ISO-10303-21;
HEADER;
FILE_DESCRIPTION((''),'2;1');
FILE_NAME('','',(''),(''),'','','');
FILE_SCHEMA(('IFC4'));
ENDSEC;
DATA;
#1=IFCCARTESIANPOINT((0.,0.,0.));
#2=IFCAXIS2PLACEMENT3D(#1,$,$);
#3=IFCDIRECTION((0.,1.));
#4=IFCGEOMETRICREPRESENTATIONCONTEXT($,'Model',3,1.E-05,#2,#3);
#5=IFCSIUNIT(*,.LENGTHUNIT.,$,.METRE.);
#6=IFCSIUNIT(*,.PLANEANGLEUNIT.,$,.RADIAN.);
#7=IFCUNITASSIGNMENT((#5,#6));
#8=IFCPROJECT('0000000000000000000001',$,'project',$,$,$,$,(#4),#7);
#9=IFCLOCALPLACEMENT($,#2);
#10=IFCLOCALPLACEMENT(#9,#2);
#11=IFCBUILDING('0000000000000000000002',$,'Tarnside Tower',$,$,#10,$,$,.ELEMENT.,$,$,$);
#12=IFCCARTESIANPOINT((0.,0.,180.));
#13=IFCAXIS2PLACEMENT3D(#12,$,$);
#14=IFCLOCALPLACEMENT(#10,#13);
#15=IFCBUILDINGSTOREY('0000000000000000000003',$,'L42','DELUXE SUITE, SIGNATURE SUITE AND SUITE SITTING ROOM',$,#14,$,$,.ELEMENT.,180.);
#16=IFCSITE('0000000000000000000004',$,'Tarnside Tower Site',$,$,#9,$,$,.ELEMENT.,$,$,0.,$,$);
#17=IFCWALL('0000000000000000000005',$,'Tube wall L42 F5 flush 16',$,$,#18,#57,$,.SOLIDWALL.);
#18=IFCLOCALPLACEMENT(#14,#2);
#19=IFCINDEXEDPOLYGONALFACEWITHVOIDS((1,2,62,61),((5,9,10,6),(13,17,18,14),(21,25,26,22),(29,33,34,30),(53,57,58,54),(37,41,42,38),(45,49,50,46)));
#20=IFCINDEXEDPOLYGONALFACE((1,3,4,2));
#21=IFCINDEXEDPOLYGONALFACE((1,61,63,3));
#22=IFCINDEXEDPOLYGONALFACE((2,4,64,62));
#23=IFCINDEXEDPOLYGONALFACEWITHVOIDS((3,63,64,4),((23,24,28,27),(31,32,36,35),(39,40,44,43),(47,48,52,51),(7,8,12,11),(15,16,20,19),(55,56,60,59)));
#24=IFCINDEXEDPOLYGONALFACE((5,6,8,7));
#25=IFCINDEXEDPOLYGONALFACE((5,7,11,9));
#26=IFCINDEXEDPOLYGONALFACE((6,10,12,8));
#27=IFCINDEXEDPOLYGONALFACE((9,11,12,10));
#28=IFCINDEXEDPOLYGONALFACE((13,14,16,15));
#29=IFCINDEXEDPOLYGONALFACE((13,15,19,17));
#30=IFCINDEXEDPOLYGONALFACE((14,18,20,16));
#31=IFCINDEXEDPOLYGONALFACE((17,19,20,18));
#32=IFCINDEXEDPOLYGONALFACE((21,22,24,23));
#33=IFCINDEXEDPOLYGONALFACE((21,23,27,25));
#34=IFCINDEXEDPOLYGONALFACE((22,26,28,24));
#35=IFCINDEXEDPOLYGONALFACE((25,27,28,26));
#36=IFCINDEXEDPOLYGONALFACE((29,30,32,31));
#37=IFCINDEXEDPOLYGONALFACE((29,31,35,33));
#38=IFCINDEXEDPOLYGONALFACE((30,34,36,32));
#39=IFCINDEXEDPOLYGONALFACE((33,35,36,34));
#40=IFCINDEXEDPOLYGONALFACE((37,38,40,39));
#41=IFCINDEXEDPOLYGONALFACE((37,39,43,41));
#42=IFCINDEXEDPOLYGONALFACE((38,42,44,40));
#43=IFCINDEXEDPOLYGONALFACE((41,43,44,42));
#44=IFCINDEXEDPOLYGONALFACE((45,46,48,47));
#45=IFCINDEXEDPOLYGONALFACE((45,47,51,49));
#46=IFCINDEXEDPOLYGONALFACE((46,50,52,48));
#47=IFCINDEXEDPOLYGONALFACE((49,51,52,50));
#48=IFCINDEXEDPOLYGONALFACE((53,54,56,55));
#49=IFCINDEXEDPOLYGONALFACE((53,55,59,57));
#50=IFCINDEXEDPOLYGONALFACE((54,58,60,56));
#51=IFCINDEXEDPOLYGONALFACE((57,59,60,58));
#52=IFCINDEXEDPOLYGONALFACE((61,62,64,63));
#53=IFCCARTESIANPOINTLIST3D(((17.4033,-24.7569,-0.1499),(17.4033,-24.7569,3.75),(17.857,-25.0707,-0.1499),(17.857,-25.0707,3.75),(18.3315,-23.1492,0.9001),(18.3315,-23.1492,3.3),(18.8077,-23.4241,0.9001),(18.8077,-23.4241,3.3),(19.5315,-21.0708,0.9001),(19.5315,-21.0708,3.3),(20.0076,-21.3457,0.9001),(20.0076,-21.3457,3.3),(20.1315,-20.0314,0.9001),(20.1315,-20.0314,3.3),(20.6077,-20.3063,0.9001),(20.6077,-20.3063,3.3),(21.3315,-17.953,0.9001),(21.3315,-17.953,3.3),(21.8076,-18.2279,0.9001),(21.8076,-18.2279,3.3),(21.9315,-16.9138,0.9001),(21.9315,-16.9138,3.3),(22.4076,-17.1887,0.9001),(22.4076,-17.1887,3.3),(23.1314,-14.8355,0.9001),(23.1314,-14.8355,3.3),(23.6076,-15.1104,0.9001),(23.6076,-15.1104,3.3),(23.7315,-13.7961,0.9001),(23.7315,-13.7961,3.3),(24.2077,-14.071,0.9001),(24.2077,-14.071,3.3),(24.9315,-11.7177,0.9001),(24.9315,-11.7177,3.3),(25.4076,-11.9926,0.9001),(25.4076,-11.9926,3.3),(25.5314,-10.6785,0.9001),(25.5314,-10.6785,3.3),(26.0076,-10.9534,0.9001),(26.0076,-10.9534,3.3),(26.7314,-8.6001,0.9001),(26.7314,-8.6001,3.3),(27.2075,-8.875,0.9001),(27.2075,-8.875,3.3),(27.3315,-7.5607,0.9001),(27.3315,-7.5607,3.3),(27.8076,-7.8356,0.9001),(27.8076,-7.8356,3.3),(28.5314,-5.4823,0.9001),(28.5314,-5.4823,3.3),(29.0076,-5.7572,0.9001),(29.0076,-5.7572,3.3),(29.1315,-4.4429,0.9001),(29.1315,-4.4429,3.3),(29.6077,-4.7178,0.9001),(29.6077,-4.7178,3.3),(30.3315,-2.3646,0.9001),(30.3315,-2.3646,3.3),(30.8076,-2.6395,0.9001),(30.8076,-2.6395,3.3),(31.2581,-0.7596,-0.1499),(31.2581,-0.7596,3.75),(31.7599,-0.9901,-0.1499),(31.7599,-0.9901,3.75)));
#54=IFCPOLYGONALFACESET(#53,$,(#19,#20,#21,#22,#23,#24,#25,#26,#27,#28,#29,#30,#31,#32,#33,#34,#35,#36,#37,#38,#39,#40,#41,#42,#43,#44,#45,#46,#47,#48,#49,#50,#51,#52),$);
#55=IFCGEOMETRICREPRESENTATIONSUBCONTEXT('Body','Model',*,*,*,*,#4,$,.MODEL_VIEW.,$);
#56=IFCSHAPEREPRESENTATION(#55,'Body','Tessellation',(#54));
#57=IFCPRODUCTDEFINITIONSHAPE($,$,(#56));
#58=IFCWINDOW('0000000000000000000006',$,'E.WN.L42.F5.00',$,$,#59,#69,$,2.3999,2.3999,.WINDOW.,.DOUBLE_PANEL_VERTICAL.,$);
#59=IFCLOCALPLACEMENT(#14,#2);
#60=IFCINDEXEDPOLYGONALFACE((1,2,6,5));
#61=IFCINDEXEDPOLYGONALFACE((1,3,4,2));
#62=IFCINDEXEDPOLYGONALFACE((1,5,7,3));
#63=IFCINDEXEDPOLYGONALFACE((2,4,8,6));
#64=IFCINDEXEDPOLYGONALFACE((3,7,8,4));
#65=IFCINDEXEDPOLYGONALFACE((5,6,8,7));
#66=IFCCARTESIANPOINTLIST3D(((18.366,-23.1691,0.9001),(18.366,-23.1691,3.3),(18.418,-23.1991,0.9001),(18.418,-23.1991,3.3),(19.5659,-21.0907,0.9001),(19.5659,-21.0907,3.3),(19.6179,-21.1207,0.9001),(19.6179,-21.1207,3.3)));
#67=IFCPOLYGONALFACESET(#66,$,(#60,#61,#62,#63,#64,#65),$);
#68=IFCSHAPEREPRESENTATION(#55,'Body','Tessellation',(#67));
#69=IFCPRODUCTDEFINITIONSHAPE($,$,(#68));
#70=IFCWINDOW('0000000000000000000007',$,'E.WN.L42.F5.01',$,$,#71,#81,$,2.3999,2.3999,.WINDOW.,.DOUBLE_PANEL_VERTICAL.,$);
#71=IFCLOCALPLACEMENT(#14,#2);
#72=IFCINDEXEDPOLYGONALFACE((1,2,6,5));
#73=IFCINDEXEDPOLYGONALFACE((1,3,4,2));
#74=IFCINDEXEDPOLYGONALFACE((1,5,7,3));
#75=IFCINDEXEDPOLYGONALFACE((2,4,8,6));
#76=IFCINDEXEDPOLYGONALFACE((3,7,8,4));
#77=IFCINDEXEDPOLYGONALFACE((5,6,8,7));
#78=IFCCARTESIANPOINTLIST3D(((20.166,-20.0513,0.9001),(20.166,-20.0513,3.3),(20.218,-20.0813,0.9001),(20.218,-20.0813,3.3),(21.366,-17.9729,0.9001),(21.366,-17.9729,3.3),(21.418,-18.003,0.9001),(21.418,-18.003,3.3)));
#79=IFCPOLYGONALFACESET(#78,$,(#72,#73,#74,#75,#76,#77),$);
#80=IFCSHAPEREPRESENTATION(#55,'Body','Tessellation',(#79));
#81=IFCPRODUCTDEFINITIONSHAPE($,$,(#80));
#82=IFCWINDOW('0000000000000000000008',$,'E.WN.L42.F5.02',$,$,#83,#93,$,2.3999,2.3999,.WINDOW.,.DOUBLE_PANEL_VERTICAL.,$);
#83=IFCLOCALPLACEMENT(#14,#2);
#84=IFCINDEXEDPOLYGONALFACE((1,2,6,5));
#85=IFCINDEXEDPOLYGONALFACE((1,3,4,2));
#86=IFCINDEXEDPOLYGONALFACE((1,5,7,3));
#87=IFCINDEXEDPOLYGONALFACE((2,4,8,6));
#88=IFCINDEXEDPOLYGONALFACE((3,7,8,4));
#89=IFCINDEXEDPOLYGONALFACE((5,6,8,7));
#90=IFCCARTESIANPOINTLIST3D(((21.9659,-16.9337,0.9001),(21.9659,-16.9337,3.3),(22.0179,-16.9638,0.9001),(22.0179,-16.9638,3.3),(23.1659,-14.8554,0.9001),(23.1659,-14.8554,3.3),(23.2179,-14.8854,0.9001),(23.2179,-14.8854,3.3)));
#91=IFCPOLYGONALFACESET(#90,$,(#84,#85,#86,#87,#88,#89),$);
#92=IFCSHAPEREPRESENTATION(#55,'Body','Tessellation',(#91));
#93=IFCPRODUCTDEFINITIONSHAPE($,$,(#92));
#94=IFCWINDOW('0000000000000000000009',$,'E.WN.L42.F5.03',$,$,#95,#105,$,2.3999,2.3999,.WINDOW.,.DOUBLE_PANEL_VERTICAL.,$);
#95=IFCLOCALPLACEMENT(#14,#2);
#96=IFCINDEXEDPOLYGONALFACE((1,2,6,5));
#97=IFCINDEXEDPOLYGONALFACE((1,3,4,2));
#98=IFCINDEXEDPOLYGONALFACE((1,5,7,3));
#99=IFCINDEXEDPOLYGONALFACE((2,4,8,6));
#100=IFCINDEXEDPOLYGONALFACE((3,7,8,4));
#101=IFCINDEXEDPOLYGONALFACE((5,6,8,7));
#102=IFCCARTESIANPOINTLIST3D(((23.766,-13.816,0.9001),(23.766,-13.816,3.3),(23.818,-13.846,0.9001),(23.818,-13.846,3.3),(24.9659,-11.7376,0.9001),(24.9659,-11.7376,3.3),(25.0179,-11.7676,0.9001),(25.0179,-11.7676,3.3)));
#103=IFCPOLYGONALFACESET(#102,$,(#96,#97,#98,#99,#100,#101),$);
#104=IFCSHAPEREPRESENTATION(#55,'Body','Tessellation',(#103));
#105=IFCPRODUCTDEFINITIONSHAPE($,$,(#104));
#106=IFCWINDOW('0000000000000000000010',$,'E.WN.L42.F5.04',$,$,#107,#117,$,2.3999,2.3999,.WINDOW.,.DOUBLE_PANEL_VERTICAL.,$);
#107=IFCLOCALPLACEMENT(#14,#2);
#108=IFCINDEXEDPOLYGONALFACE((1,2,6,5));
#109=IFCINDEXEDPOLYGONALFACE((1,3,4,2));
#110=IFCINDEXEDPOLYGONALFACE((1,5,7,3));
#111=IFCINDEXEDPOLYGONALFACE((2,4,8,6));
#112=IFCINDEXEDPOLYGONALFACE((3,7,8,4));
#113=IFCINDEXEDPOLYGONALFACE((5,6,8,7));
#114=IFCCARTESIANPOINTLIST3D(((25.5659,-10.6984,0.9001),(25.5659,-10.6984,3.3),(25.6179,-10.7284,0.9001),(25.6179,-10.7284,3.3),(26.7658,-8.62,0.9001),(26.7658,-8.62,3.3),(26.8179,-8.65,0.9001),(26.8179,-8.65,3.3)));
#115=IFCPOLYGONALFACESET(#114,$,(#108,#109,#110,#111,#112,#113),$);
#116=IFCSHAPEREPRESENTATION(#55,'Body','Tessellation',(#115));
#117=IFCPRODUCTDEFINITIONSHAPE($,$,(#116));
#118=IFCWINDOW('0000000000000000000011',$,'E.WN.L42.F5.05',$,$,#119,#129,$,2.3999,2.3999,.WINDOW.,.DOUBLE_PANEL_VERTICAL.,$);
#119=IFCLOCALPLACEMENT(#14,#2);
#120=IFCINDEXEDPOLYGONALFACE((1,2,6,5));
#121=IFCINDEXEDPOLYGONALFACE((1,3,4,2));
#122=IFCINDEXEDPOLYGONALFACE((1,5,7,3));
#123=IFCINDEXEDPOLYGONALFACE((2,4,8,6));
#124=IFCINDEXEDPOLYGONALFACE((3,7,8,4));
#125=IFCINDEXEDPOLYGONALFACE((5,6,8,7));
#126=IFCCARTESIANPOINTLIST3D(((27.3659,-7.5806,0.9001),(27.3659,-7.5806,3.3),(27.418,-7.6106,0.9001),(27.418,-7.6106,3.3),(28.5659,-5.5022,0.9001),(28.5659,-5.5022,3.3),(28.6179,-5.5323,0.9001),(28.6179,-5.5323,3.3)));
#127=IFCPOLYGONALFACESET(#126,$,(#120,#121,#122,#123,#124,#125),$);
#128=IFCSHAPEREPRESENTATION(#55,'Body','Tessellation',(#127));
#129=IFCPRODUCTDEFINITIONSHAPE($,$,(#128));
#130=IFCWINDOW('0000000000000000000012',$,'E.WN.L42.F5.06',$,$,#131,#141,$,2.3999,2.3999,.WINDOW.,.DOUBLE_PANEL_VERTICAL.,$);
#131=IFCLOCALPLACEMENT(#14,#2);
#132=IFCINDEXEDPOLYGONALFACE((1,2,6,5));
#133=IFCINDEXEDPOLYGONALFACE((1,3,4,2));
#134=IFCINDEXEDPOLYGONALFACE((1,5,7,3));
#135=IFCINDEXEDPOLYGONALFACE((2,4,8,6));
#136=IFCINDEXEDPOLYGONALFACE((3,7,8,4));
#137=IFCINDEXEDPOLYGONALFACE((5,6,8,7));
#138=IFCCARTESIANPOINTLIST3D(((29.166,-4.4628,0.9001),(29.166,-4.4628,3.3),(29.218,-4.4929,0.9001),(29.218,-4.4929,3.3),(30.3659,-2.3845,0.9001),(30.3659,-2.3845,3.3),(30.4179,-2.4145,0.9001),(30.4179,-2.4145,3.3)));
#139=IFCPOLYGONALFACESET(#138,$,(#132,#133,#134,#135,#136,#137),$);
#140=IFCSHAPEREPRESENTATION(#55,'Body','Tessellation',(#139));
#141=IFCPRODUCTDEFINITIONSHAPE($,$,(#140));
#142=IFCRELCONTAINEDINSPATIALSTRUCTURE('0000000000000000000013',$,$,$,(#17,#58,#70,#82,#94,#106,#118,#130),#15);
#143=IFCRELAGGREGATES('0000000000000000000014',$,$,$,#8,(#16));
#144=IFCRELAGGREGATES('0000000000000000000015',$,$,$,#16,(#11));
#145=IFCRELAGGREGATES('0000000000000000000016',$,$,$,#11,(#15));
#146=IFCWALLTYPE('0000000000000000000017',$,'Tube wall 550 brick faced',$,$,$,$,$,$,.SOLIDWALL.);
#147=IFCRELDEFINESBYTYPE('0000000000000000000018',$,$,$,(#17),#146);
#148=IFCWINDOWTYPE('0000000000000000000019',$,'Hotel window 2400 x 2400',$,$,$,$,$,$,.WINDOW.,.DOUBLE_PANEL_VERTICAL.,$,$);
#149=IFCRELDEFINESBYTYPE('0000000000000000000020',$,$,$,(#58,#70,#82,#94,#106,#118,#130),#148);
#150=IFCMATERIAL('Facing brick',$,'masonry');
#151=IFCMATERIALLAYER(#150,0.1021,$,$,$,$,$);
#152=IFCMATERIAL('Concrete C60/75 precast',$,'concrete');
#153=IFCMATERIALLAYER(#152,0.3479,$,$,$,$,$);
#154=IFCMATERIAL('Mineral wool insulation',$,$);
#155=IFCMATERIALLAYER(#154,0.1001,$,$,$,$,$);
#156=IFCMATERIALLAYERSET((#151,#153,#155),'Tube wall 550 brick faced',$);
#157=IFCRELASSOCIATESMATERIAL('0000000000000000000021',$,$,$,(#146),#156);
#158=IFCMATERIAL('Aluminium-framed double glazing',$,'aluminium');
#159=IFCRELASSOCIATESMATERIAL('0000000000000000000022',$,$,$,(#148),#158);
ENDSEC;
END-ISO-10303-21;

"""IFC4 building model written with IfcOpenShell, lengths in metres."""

from ifc_helpers import new_model, si_unit, direction, frame, frame_2d, origin, place, context, subcontext, project, spatial, polyline, rectangle, outline, extrude, material, layer, layer_set, type_object, element, fill, save


model = new_model("IFC4")

# Units and contexts
model_context = context("Model", 3, precision=1e-05, world=origin(), true_north=direction((0.0, 1.0)))
body_context = subcontext(model_context, "Body", "Model", "MODEL_VIEW")
ifc_project = project(units=[si_unit("LENGTHUNIT", "METRE"), si_unit("PLANEANGLEUNIT", "RADIAN")], contexts=[model_context])

# Site, building, storey
site_placement = place(None, origin())
site = spatial("IfcSite", under=ifc_project, at=site_placement, Name="Tarnside Tower Site", CompositionType="ELEMENT", RefElevation=0.0)
building_placement = place(site_placement, origin())
building = spatial("IfcBuilding", under=site, at=building_placement, Name="Tarnside Tower", CompositionType="ELEMENT")
storey_placement = place(building_placement, frame((0.0, 0.0, 180.0)))
storey = spatial("IfcBuildingStorey", under=building, at=storey_placement, Name="L42", Description="DELUXE SUITE, SIGNATURE SUITE AND SUITE SITTING ROOM", CompositionType="ELEMENT", Elevation=180.0)

# Shared definitions
ifc_material_1 = material(Name="Facing brick", Category="masonry")
ifc_layer_1 = layer(ifc_material_1, 0.1021)
ifc_material_2 = material(Name="Concrete C60/75 precast", Category="concrete")
ifc_layer_2 = layer(ifc_material_2, 0.3479)
ifc_material_3 = material(Name="Mineral wool insulation")
ifc_layer_3 = layer(ifc_material_3, 0.1001)
ifc_layer_set_1 = layer_set([ifc_layer_1, ifc_layer_2, ifc_layer_3], Name="Tube wall 550 brick faced")
wall_type_1 = type_object("IfcWallType", Name="Tube wall 550 brick faced", PredefinedType="SOLIDWALL", material=ifc_layer_set_1)

# Wall, openings, windows
wall_1_placement = place(storey_placement, frame((17.6301, -24.9138, -0.1499), z_axis=(0.0, 0.0, 1.0), x_axis=(0.499999, 0.866026, 0.0)))
wall_1 = element("IfcWall", 1, at=wall_1_placement, inside=storey, type_object=wall_type_1, Name="Tube wall L42 F5 flush 16", PredefinedType="SOLIDWALL", context=body_context, shape_type="SweptSolid", body=[
    extrude(outline(polyline([(-0.0225, -0.2749), (27.7834, -0.2749), (27.7322, 0.2749), (0.0225, 0.2749), (-0.0225, -0.2749)])), origin(), (0.0, 0.0, 1.0), 3.8999),
])
opening_1_placement = place(wall_1_placement, frame((1.8789, 0.0, 1.05)))
opening_1 = element("IfcOpeningElement", 2, at=opening_1_placement, cuts=wall_1, PredefinedType="OPENING", context=body_context, shape_type="SweptSolid", body=[
    extrude(rectangle(XDim=2.3999, YDim=2.3999, at=frame_2d((1.2, 1.2))), frame((0.0, 0.2852, 0.0), z_axis=(0.0, -1.0, 0.0), x_axis=(1.0, 0.0, 0.0)), (0.0, 0.0, 1.0), 0.5701),
])
opening_2_placement = place(wall_1_placement, frame((5.479, 0.0, 1.05)))
opening_2 = element("IfcOpeningElement", 3, at=opening_2_placement, cuts=wall_1, PredefinedType="OPENING", context=body_context, shape_type="SweptSolid", body=[
    extrude(rectangle(XDim=2.3999, YDim=2.3999, at=frame_2d((1.2, 1.2))), frame((0.0, 0.2852, 0.0), z_axis=(0.0, -1.0, 0.0), x_axis=(1.0, 0.0, 0.0)), (0.0, 0.0, 1.0), 0.5701),
])
opening_3_placement = place(wall_1_placement, frame((9.0789, 0.0, 1.05)))
opening_3 = element("IfcOpeningElement", 4, at=opening_3_placement, cuts=wall_1, PredefinedType="OPENING", context=body_context, shape_type="SweptSolid", body=[
    extrude(rectangle(XDim=2.3999, YDim=2.3999, at=frame_2d((1.2, 1.2))), frame((0.0, 0.2852, 0.0), z_axis=(0.0, -1.0, 0.0), x_axis=(1.0, 0.0, 0.0)), (0.0, 0.0, 1.0), 0.5701),
])
opening_4_placement = place(wall_1_placement, frame((12.679, 0.0, 1.05)))
opening_4 = element("IfcOpeningElement", 5, at=opening_4_placement, cuts=wall_1, PredefinedType="OPENING", context=body_context, shape_type="SweptSolid", body=[
    extrude(rectangle(XDim=2.3999, YDim=2.3999, at=frame_2d((1.2, 1.2))), frame((0.0, 0.2852, 0.0), z_axis=(0.0, -1.0, 0.0), x_axis=(1.0, 0.0, 0.0)), (0.0, 0.0, 1.0), 0.5701),
])
opening_5_placement = place(wall_1_placement, frame((16.2788, 0.0, 1.05)))
opening_5 = element("IfcOpeningElement", 6, at=opening_5_placement, cuts=wall_1, PredefinedType="OPENING", context=body_context, shape_type="SweptSolid", body=[
    extrude(rectangle(XDim=2.3999, YDim=2.3999, at=frame_2d((1.2, 1.2))), frame((0.0, 0.2852, 0.0), z_axis=(0.0, -1.0, 0.0), x_axis=(1.0, 0.0, 0.0)), (0.0, 0.0, 1.0), 0.5701),
])
opening_6_placement = place(wall_1_placement, frame((19.8789, 0.0, 1.05)))
opening_6 = element("IfcOpeningElement", 7, at=opening_6_placement, cuts=wall_1, PredefinedType="OPENING", context=body_context, shape_type="SweptSolid", body=[
    extrude(rectangle(XDim=2.3999, YDim=2.3999, at=frame_2d((1.2, 1.2))), frame((0.0, 0.2852, 0.0), z_axis=(0.0, -1.0, 0.0), x_axis=(1.0, 0.0, 0.0)), (0.0, 0.0, 1.0), 0.5701),
])
opening_7_placement = place(wall_1_placement, frame((23.479, 0.0, 1.05)))
opening_7 = element("IfcOpeningElement", 8, at=opening_7_placement, cuts=wall_1, PredefinedType="OPENING", context=body_context, shape_type="SweptSolid", body=[
    extrude(rectangle(XDim=2.3999, YDim=2.3999, at=frame_2d((1.2, 1.2))), frame((0.0, 0.2852, 0.0), z_axis=(0.0, -1.0, 0.0), x_axis=(1.0, 0.0, 0.0)), (0.0, 0.0, 1.0), 0.5701),
])
ifc_material_4 = material(Name="Aluminium-framed double glazing", Category="aluminium")
window_type = type_object("IfcWindowType", Name="Hotel window 2400 x 2400", PartitioningType="DOUBLE_PANEL_VERTICAL", PredefinedType="WINDOW", material=ifc_material_4)
window_1_placement = place(opening_1_placement, frame((0.0, 0.2051, 0.0)))
window_1 = element("IfcWindow", 9, at=window_1_placement, inside=storey, type_object=window_type, Name="E.WN.L42.F5.00", OverallHeight=2.3999, OverallWidth=2.3999, PartitioningType="DOUBLE_PANEL_VERTICAL", PredefinedType="WINDOW", context=body_context, shape_type="SweptSolid", body=[
    extrude(rectangle(XDim=2.3999, YDim=2.3999, at=frame_2d((1.2, 1.2))), frame((0.0, 0.03, 0.0), z_axis=(0.0, -1.0, 0.0), x_axis=(1.0, 0.0, 0.0)), (0.0, 0.0, 1.0), 0.0601),
])
fill(opening_1, window_1)
window_2_placement = place(opening_2_placement, frame((0.0, 0.2051, 0.0)))
window_2 = element("IfcWindow", 10, at=window_2_placement, inside=storey, type_object=window_type, Name="E.WN.L42.F5.01", OverallHeight=2.3999, OverallWidth=2.3999, PartitioningType="DOUBLE_PANEL_VERTICAL", PredefinedType="WINDOW", context=body_context, shape_type="SweptSolid", body=[
    extrude(rectangle(XDim=2.3999, YDim=2.3999, at=frame_2d((1.2, 1.2))), frame((0.0, 0.03, 0.0), z_axis=(0.0, -1.0, 0.0), x_axis=(1.0, 0.0, 0.0)), (0.0, 0.0, 1.0), 0.0601),
])
fill(opening_2, window_2)
window_3_placement = place(opening_3_placement, frame((0.0, 0.2051, 0.0)))
window_3 = element("IfcWindow", 11, at=window_3_placement, inside=storey, type_object=window_type, Name="E.WN.L42.F5.02", OverallHeight=2.3999, OverallWidth=2.3999, PartitioningType="DOUBLE_PANEL_VERTICAL", PredefinedType="WINDOW", context=body_context, shape_type="SweptSolid", body=[
    extrude(rectangle(XDim=2.3999, YDim=2.3999, at=frame_2d((1.2, 1.2))), frame((0.0, 0.03, 0.0), z_axis=(0.0, -1.0, 0.0), x_axis=(1.0, 0.0, 0.0)), (0.0, 0.0, 1.0), 0.0601),
])
fill(opening_3, window_3)
window_4_placement = place(opening_4_placement, frame((0.0, 0.2051, 0.0)))
window_4 = element("IfcWindow", 12, at=window_4_placement, inside=storey, type_object=window_type, Name="E.WN.L42.F5.03", OverallHeight=2.3999, OverallWidth=2.3999, PartitioningType="DOUBLE_PANEL_VERTICAL", PredefinedType="WINDOW", context=body_context, shape_type="SweptSolid", body=[
    extrude(rectangle(XDim=2.3999, YDim=2.3999, at=frame_2d((1.2, 1.2))), frame((0.0, 0.03, 0.0), z_axis=(0.0, -1.0, 0.0), x_axis=(1.0, 0.0, 0.0)), (0.0, 0.0, 1.0), 0.0601),
])
fill(opening_4, window_4)
window_5_placement = place(opening_5_placement, frame((0.0, 0.2051, 0.0)))
window_5 = element("IfcWindow", 13, at=window_5_placement, inside=storey, type_object=window_type, Name="E.WN.L42.F5.04", OverallHeight=2.3999, OverallWidth=2.3999, PartitioningType="DOUBLE_PANEL_VERTICAL", PredefinedType="WINDOW", context=body_context, shape_type="SweptSolid", body=[
    extrude(rectangle(XDim=2.3999, YDim=2.3999, at=frame_2d((1.2, 1.2))), frame((0.0, 0.03, 0.0), z_axis=(0.0, -1.0, 0.0), x_axis=(1.0, 0.0, 0.0)), (0.0, 0.0, 1.0), 0.0601),
])
fill(opening_5, window_5)
window_6_placement = place(opening_6_placement, frame((0.0, 0.2051, 0.0)))
window_6 = element("IfcWindow", 14, at=window_6_placement, inside=storey, type_object=window_type, Name="E.WN.L42.F5.05", OverallHeight=2.3999, OverallWidth=2.3999, PartitioningType="DOUBLE_PANEL_VERTICAL", PredefinedType="WINDOW", context=body_context, shape_type="SweptSolid", body=[
    extrude(rectangle(XDim=2.3999, YDim=2.3999, at=frame_2d((1.2, 1.2))), frame((0.0, 0.03, 0.0), z_axis=(0.0, -1.0, 0.0), x_axis=(1.0, 0.0, 0.0)), (0.0, 0.0, 1.0), 0.0601),
])
fill(opening_6, window_6)
window_7_placement = place(opening_7_placement, frame((0.0, 0.2051, 0.0)))
window_7 = element("IfcWindow", 15, at=window_7_placement, inside=storey, type_object=window_type, Name="E.WN.L42.F5.06", OverallHeight=2.3999, OverallWidth=2.3999, PartitioningType="DOUBLE_PANEL_VERTICAL", PredefinedType="WINDOW", context=body_context, shape_type="SweptSolid", body=[
    extrude(rectangle(XDim=2.3999, YDim=2.3999, at=frame_2d((1.2, 1.2))), frame((0.0, 0.03, 0.0), z_axis=(0.0, -1.0, 0.0), x_axis=(1.0, 0.0, 0.0)), (0.0, 0.0, 1.0), 0.0601),
])
fill(opening_7, window_7)

save(model, "model.ifc")
